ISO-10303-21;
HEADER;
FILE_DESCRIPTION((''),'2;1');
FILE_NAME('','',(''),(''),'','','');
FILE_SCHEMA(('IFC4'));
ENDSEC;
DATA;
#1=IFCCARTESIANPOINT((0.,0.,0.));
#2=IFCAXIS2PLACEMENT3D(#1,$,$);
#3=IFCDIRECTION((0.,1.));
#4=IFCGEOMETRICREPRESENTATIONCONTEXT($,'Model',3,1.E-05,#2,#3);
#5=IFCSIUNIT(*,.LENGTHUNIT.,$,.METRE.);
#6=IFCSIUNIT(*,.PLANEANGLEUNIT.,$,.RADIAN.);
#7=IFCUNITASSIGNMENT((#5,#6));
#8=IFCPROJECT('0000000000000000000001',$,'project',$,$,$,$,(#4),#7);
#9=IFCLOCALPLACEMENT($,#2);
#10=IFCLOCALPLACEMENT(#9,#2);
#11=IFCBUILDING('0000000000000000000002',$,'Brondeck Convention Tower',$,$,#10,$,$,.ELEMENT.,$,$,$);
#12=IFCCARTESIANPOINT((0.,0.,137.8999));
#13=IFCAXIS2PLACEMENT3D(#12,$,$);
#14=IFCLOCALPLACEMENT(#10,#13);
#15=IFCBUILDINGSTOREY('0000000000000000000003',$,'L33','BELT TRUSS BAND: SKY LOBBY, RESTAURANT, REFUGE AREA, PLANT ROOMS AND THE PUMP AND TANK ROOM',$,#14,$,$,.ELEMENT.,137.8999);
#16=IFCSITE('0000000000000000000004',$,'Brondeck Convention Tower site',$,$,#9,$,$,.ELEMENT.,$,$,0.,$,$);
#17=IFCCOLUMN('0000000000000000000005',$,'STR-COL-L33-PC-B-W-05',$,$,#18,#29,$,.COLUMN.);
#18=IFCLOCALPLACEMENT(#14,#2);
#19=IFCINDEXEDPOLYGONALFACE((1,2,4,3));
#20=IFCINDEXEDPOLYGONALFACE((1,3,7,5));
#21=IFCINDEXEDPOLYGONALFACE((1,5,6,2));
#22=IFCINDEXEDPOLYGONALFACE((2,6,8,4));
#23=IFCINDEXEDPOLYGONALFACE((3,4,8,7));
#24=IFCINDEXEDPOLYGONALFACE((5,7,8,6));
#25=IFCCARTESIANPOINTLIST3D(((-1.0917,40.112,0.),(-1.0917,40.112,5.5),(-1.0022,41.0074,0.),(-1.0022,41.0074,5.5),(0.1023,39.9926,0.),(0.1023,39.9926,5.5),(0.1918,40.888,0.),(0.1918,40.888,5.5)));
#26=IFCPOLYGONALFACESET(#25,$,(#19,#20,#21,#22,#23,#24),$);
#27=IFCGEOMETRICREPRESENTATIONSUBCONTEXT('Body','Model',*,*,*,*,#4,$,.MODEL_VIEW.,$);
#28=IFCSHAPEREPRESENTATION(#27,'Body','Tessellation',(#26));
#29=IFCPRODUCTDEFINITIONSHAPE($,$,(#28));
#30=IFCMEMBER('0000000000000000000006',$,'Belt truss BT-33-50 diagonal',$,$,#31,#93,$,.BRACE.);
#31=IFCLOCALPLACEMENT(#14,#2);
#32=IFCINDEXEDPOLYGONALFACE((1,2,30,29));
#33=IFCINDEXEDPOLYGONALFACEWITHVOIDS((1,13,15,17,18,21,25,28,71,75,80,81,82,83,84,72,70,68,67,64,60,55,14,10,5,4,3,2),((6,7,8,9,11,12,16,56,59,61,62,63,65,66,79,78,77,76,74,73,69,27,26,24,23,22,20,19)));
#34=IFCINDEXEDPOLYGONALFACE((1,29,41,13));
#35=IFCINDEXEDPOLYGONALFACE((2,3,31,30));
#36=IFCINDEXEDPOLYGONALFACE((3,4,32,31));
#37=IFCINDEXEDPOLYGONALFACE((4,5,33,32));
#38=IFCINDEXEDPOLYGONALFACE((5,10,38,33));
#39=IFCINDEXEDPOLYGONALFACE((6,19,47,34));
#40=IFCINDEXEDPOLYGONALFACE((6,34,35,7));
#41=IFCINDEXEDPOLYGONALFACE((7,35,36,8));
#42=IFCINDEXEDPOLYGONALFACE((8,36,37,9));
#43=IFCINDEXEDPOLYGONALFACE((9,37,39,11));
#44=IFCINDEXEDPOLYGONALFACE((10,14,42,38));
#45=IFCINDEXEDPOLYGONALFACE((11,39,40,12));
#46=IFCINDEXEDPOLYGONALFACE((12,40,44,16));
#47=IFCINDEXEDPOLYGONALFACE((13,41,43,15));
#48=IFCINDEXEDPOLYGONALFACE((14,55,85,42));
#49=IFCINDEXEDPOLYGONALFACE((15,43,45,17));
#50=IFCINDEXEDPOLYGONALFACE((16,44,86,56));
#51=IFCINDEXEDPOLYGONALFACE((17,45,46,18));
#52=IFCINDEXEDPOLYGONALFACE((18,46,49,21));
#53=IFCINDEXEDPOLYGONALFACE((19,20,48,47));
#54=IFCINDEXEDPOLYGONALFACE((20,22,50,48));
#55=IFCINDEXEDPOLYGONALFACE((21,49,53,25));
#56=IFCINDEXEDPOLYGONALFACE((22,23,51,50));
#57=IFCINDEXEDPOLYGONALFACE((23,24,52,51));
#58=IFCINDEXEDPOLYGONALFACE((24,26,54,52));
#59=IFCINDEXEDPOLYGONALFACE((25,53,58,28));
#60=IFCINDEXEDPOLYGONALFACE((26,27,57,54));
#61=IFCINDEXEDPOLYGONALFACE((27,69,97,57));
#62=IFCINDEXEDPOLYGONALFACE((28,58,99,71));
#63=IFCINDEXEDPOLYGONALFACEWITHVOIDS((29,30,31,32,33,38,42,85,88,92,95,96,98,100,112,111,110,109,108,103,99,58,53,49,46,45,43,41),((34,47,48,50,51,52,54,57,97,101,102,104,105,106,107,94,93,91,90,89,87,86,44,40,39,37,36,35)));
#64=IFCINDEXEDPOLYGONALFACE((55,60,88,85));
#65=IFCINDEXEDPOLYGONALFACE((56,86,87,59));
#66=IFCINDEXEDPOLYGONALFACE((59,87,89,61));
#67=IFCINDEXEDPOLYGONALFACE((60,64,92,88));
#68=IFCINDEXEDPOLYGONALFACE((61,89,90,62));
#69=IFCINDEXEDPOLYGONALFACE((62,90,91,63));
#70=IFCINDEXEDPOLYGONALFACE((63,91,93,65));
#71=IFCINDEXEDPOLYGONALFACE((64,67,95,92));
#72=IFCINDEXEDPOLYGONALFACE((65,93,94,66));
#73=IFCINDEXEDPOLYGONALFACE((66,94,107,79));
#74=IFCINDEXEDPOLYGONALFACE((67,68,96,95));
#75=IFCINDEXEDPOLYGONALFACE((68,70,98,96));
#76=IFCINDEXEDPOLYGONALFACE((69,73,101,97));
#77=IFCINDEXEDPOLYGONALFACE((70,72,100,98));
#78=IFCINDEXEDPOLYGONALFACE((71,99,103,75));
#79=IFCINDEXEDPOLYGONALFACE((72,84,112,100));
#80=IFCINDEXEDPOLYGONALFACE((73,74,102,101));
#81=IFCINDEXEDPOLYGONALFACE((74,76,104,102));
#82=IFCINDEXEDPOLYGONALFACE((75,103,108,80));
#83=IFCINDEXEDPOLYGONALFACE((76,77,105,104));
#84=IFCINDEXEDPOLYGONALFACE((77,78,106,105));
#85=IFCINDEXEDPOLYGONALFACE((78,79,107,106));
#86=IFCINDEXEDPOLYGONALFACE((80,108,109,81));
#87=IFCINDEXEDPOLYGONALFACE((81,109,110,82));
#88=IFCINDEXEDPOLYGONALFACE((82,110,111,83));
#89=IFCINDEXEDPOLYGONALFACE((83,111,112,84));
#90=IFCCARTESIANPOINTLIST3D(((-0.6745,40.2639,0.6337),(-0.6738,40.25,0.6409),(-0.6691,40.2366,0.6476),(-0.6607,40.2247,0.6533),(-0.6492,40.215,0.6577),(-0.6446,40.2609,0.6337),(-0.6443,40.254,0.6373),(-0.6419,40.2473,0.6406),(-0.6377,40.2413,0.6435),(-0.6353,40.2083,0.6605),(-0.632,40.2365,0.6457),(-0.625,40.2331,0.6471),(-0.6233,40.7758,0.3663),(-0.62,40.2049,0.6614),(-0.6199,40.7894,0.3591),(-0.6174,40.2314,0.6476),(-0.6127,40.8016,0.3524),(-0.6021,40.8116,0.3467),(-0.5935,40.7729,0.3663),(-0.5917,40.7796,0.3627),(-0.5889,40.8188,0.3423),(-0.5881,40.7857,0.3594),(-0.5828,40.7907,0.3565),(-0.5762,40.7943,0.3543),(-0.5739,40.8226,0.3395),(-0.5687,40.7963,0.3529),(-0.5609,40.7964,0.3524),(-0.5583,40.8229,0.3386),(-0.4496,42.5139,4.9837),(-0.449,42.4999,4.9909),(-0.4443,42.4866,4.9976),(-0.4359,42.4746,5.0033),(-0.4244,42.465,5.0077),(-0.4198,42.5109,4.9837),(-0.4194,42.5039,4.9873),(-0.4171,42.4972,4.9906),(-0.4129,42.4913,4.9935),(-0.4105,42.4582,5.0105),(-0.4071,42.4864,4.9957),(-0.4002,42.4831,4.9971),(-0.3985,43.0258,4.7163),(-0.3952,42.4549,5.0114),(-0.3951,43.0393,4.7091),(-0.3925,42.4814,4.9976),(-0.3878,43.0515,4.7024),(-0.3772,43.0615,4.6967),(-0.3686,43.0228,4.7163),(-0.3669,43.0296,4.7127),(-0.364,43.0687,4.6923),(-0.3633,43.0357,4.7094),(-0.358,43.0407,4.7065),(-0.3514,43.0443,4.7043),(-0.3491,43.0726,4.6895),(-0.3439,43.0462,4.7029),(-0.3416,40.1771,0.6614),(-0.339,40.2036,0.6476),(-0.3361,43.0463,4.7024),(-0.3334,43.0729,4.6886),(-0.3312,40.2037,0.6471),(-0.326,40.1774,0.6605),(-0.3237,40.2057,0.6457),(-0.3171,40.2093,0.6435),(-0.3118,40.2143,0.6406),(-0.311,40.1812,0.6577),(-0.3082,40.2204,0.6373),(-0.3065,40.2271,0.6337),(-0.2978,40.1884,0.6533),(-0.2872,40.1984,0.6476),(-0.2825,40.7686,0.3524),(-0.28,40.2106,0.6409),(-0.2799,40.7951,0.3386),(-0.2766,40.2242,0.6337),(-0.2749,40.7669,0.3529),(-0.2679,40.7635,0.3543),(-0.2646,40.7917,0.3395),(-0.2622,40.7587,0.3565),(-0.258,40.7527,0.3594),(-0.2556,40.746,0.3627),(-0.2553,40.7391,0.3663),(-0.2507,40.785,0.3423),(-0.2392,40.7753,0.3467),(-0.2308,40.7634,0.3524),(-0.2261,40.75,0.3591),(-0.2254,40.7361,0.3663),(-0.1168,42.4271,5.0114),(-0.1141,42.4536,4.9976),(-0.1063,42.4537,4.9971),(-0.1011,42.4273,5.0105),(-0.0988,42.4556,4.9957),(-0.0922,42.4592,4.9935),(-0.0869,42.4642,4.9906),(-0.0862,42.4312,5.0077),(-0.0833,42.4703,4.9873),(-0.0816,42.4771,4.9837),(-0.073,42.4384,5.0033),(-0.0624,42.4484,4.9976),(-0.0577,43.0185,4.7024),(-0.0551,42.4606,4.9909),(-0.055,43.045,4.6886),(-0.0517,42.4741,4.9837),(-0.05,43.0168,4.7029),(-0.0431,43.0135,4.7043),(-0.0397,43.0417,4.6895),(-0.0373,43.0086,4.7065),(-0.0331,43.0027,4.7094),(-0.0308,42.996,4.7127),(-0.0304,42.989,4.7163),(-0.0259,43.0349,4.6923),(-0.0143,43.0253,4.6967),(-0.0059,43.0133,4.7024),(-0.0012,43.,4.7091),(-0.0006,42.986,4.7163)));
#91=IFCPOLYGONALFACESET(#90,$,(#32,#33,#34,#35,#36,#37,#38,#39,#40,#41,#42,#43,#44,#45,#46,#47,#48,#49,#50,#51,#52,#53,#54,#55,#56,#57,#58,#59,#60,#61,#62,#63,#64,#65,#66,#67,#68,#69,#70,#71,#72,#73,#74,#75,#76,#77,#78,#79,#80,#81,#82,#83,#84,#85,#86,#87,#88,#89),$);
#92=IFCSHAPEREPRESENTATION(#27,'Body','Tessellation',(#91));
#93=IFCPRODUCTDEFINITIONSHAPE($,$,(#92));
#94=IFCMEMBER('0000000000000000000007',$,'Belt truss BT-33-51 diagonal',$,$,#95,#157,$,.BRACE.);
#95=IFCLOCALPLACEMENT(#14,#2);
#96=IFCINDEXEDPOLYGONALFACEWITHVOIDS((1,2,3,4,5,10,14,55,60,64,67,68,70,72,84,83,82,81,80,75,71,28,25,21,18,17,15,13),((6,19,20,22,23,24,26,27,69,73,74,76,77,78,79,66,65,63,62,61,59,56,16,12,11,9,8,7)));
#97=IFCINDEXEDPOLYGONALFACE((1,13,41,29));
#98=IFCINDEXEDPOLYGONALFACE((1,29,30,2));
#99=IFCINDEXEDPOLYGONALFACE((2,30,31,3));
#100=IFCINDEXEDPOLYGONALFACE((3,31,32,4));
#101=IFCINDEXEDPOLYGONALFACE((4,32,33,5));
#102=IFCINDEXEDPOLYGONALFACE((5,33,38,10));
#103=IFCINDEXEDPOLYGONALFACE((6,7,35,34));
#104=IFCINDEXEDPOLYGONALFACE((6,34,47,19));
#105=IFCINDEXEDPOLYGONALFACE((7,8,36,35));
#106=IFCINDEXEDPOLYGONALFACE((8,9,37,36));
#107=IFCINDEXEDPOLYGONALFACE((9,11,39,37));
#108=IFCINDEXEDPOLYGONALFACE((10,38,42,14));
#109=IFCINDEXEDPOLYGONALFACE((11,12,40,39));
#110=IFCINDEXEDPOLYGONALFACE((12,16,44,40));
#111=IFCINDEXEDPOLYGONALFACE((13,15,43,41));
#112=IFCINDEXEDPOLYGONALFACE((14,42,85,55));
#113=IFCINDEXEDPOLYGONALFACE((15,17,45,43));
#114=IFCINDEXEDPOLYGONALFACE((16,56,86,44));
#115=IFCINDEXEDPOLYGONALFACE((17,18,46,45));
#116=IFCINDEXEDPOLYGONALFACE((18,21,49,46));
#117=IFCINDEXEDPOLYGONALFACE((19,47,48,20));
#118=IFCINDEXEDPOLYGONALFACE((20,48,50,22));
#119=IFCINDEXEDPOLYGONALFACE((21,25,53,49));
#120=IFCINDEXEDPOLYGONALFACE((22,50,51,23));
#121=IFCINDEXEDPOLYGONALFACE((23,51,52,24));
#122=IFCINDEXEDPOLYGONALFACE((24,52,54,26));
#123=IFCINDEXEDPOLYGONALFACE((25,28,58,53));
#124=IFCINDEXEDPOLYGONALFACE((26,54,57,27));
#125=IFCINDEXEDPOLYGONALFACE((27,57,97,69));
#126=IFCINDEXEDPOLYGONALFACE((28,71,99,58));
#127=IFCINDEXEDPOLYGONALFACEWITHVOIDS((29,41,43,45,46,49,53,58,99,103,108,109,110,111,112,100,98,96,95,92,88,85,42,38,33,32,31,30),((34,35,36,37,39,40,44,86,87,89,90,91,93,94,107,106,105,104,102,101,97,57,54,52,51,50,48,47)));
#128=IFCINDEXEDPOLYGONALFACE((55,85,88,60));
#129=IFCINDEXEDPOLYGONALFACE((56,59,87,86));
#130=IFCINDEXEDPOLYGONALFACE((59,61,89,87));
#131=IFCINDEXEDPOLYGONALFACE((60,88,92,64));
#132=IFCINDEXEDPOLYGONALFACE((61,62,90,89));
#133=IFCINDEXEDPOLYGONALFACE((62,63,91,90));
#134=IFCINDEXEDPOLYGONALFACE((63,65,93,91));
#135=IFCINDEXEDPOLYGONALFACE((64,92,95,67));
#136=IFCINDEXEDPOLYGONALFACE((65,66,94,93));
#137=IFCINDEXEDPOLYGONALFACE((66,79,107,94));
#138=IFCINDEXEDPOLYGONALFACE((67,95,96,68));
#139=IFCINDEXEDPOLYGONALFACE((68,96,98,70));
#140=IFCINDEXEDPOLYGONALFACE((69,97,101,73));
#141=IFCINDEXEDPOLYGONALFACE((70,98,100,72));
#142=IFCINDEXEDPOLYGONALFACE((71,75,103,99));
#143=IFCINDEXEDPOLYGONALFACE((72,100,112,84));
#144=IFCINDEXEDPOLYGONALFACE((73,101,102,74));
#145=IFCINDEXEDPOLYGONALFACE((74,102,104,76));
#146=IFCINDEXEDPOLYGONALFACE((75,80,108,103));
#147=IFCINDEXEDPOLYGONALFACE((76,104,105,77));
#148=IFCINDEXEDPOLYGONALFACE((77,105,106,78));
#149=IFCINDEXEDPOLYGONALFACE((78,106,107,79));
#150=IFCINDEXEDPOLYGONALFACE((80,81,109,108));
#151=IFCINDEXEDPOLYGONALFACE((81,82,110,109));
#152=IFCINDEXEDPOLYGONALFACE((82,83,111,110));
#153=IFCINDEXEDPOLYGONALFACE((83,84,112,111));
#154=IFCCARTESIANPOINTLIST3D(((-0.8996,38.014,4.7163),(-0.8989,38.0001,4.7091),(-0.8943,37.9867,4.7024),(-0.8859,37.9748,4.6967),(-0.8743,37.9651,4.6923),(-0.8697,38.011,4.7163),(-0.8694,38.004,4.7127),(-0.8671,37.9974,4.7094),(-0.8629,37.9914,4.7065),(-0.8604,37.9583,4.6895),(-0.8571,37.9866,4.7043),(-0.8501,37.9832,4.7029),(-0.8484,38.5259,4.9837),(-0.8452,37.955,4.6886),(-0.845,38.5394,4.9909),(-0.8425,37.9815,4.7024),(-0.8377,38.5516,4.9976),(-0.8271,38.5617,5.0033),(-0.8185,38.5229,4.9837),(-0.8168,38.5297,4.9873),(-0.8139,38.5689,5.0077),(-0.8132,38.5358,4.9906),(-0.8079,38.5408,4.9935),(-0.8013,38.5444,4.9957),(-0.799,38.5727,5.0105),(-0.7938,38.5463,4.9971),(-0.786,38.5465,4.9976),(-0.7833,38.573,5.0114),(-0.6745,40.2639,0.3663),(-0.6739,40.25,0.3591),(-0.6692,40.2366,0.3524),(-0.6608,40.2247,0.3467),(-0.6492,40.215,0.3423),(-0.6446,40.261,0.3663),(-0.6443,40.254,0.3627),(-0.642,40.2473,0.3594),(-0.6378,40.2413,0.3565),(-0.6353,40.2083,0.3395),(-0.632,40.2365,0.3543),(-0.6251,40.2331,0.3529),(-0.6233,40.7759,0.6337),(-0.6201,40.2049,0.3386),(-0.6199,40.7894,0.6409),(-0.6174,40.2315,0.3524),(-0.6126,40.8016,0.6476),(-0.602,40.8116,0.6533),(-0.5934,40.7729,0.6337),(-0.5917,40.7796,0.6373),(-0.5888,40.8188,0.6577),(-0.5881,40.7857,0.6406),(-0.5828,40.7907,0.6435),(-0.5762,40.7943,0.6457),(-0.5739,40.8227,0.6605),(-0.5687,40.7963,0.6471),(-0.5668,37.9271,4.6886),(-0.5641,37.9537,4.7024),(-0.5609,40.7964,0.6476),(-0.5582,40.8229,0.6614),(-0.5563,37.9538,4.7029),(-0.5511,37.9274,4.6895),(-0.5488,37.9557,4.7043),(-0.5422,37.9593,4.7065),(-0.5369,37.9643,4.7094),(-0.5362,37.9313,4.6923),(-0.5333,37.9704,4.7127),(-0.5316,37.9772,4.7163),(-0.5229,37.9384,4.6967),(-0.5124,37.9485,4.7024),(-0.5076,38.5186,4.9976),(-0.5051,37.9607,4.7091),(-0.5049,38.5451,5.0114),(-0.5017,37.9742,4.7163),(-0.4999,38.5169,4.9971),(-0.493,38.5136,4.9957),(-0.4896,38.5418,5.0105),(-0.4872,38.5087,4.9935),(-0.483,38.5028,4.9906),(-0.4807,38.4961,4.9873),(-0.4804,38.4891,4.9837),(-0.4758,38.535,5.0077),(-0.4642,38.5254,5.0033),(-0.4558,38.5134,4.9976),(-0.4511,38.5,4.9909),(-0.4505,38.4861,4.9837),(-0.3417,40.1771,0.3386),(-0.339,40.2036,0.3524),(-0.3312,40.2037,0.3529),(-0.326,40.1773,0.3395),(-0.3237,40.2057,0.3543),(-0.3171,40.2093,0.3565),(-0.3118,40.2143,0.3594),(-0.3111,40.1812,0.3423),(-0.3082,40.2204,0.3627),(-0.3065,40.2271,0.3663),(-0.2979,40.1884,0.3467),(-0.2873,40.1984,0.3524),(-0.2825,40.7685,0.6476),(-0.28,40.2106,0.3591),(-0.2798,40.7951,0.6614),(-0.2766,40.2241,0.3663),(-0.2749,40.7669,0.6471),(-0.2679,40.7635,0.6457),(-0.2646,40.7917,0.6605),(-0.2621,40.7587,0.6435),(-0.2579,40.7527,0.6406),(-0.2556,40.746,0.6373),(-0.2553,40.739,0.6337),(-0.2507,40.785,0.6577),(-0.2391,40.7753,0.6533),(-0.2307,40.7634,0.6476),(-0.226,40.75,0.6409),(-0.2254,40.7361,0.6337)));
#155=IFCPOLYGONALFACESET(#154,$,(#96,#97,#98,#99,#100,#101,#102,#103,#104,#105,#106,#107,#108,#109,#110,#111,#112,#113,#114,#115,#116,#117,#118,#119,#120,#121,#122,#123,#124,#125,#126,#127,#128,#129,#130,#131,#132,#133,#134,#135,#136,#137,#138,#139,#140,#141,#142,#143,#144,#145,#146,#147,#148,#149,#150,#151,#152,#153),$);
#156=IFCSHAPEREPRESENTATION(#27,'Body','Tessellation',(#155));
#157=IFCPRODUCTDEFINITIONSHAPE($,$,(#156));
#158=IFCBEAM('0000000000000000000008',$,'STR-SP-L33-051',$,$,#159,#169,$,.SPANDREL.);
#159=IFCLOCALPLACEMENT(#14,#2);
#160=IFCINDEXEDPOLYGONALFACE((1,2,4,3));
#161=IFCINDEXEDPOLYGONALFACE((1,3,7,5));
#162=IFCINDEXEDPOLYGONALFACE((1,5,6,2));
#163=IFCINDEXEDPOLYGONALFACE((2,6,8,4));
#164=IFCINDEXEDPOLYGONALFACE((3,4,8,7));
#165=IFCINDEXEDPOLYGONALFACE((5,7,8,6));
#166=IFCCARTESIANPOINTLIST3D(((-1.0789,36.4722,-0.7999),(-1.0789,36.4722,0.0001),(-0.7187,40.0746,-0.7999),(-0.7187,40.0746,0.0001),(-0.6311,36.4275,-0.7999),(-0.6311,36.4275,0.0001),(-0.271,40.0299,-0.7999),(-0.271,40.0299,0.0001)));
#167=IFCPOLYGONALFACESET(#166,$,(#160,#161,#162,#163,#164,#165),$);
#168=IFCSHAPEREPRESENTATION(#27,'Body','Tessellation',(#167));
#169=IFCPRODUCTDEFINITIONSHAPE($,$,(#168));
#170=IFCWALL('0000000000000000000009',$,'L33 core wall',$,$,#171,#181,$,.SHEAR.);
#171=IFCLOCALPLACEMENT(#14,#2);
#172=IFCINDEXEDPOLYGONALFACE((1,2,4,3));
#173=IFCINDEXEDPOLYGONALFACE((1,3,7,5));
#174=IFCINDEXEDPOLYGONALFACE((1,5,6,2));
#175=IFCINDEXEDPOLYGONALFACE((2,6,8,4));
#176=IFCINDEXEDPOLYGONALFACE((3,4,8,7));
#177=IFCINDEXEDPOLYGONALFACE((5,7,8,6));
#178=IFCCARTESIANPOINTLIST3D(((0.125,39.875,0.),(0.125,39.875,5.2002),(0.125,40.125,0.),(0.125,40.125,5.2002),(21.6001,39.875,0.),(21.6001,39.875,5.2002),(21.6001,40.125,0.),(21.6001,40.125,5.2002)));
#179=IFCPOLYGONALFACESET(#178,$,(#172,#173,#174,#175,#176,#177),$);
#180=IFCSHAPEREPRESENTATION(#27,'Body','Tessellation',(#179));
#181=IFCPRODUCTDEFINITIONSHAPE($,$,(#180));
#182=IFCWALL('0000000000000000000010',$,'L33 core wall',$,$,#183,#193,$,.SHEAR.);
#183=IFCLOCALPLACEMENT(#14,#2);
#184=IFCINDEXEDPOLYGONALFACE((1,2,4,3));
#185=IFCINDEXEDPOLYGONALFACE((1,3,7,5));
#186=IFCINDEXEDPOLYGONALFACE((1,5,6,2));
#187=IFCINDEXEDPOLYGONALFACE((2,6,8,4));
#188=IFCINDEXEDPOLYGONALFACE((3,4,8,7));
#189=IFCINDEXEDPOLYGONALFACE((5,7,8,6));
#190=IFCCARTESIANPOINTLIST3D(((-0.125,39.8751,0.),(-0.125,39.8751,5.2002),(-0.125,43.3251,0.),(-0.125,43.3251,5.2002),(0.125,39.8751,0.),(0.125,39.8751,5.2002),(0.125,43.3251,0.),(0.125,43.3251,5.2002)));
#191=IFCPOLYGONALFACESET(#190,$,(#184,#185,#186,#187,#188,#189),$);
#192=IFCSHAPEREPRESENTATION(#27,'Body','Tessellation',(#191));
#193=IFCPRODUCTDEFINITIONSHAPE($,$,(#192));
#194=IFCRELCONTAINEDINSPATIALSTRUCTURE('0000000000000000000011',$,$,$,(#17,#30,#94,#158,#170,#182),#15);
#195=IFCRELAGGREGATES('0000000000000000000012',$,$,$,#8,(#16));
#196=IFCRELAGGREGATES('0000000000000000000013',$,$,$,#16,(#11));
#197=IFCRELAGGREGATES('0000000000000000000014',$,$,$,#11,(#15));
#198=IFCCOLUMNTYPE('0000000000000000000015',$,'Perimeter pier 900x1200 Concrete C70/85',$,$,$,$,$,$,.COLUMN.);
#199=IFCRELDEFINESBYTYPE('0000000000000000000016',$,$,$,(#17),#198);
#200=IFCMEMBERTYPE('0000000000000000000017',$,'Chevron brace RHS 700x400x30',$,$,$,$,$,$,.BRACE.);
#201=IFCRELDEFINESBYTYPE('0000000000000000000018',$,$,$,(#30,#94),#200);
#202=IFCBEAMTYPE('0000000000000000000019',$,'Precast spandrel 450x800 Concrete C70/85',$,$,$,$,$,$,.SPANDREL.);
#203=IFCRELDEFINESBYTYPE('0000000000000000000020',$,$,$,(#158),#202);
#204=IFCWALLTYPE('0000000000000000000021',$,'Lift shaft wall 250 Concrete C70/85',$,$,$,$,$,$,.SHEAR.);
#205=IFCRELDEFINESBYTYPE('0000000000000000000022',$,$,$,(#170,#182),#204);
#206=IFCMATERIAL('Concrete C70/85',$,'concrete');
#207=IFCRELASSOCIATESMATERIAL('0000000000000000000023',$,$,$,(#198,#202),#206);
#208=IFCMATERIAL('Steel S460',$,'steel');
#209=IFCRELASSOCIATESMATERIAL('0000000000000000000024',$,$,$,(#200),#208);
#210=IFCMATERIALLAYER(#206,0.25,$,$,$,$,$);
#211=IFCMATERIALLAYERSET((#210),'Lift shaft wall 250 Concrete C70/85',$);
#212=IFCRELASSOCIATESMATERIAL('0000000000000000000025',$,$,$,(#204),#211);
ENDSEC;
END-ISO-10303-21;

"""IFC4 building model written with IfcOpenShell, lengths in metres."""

from ifc_helpers import new_model, si_unit, direction, frame, frame_2d, origin, origin_2d, place, context, subcontext, project, spatial, rectangle, hollow_rectangle, extrude, material, layer, layer_set, material_profile, profile_set, type_object, element, save


model = new_model("IFC4")

# Units and contexts
model_context = context("Model", 3, precision=1e-05, world=origin(), true_north=direction((0.0, 1.0)))
body_context = subcontext(model_context, "Body", "Model", "MODEL_VIEW")
ifc_project = project(units=[si_unit("LENGTHUNIT", "METRE"), si_unit("PLANEANGLEUNIT", "RADIAN")], contexts=[model_context])

# Site, building, storey
site_placement = place(None, origin())
site = spatial("IfcSite", under=ifc_project, at=site_placement, Name="Brondeck Convention Tower site", CompositionType="ELEMENT", RefElevation=0.0)
building_placement = place(site_placement, origin())
building = spatial("IfcBuilding", under=site, at=building_placement, Name="Brondeck Convention Tower", CompositionType="ELEMENT")
storey_placement = place(building_placement, frame((0.0, 0.0, 137.8999)))
storey = spatial("IfcBuildingStorey", under=building, at=storey_placement, Name="L33", Description="BELT TRUSS BAND: SKY LOBBY, RESTAURANT, REFUGE AREA, PLANT ROOMS AND THE PUMP AND TANK ROOM", CompositionType="ELEMENT", Elevation=137.8999)

# Column
ifc_material_1 = material(Name="Concrete C70/85", Category="concrete")
ifc_material_profile_1 = material_profile(ifc_material_1, rectangle(XDim=0.8999, YDim=1.2, at=origin_2d()), Name="Perimeter pier 900x1200 Concrete C70/85")
ifc_profile_set_1 = profile_set([ifc_material_profile_1], Name="Concrete C70/85")
column_type = type_object("IfcColumnType", Name="Perimeter pier 900x1200 Concrete C70/85", PredefinedType="COLUMN", material=ifc_profile_set_1)
column_placement = place(storey_placement, frame((-0.45, 40.5, 0.0), z_axis=(0.0, 0.0, 1.0), x_axis=(-0.099504, -0.995037, 0.0)))
element("IfcColumn", 1, at=column_placement, inside=storey, type_object=column_type, Name="STR-COL-L33-PC-B-W-05", PredefinedType="COLUMN", context=body_context, shape_type="SweptSolid", body=[
    extrude(rectangle(XDim=0.8999, YDim=1.2, at=origin_2d()), origin(), (0.0, 0.0, 1.0), 5.5),
])

# Members
ifc_material_2 = material(Name="Steel S460", Category="steel")
ifc_material_profile_2 = material_profile(ifc_material_2, hollow_rectangle(XDim=0.3999, YDim=0.7, WallThickness=0.03, InnerFilletRadius=0.03, OuterFilletRadius=0.0601, at=origin_2d()), Name="RHS 700x400x30")
ifc_profile_set_2 = profile_set([ifc_material_profile_2], Name="Steel S460")
member_type = type_object("IfcMemberType", Name="Chevron brace RHS 700x400x30", PredefinedType="BRACE", material=ifc_profile_set_2)
for number, where, z_axis, x_axis, name in (
    (2, (-0.45, 40.5, 0.5), (0.045863, 0.458931, 0.887287), (-0.995044, 0.09944, 0.0), "Belt truss BT-33-50 diagonal"),
    (3, (-0.45, 40.5, 0.5), (-0.045913, -0.45893, 0.887285), (0.995033, -0.099546, 0.0), "Belt truss BT-33-51 diagonal"),
):
    element("IfcMember", number, at=place(storey_placement, frame(where, z_axis=z_axis, x_axis=x_axis)), inside=storey, type_object=member_type, Name=name, PredefinedType="BRACE", context=body_context, shape_type="SweptSolid", body=[
        extrude(hollow_rectangle(XDim=0.3999, YDim=0.7, WallThickness=0.03, InnerFilletRadius=0.03, OuterFilletRadius=0.0601, at=origin_2d()), origin(), (0.0, 0.0, 1.0), 4.9026),
    ])

# Beam
ifc_material_profile_3 = material_profile(ifc_material_1, rectangle(XDim=0.45, YDim=0.8, at=origin_2d()), Name="Precast spandrel 450x800 Concrete C70/85")
ifc_profile_set_3 = profile_set([ifc_material_profile_3], Name="Concrete C70/85")
beam_type = type_object("IfcBeamType", Name="Precast spandrel 450x800 Concrete C70/85", PredefinedType="SPANDREL", material=ifc_profile_set_3)
beam_placement = place(storey_placement, frame((-0.4949, 40.0522, -0.3999), z_axis=(-0.09947, -0.995041, 0.0), x_axis=(0.995041, -0.09947, 0.0)))
element("IfcBeam", 4, at=beam_placement, inside=storey, type_object=beam_type, Name="STR-SP-L33-051", PredefinedType="SPANDREL", context=body_context, shape_type="SweptSolid", body=[
    extrude(rectangle(XDim=0.45, YDim=0.8, at=origin_2d()), origin(), (0.0, 0.0, 1.0), 3.6204),
])

# Walls
ifc_layer_1 = layer(ifc_material_1, 0.25)
ifc_layer_set_1 = layer_set([ifc_layer_1], Name="Lift shaft wall 250 Concrete C70/85")
wall_type_1 = type_object("IfcWallType", Name="Lift shaft wall 250 Concrete C70/85", PredefinedType="SHEAR", material=ifc_layer_set_1)
wall_1_placement = place(storey_placement, frame((0.125, 40.0, 0.0), z_axis=(0.0, 0.0, 1.0), x_axis=(1.0, 0.0, 0.0)))
element("IfcWall", 5, at=wall_1_placement, inside=storey, type_object=wall_type_1, Name="L33 core wall", PredefinedType="SHEAR", context=body_context, shape_type="SweptSolid", body=[
    extrude(rectangle(XDim=21.4751, YDim=0.25, at=frame_2d((10.7375, 0.0))), origin(), (0.0, 0.0, 1.0), 5.2002),
])
wall_2_placement = place(storey_placement, frame((0.0, 39.875, 0.0), z_axis=(0.0, 0.0, 1.0), x_axis=(0.0, 1.0, 0.0)))
element("IfcWall", 6, at=wall_2_placement, inside=storey, type_object=wall_type_1, Name="L33 core wall", PredefinedType="SHEAR", context=body_context, shape_type="SweptSolid", body=[
    extrude(rectangle(XDim=3.45, YDim=0.25, at=frame_2d((1.7251, 0.0))), origin(), (0.0, 0.0, 1.0), 5.2002),
])

save(model, "model.ifc")
